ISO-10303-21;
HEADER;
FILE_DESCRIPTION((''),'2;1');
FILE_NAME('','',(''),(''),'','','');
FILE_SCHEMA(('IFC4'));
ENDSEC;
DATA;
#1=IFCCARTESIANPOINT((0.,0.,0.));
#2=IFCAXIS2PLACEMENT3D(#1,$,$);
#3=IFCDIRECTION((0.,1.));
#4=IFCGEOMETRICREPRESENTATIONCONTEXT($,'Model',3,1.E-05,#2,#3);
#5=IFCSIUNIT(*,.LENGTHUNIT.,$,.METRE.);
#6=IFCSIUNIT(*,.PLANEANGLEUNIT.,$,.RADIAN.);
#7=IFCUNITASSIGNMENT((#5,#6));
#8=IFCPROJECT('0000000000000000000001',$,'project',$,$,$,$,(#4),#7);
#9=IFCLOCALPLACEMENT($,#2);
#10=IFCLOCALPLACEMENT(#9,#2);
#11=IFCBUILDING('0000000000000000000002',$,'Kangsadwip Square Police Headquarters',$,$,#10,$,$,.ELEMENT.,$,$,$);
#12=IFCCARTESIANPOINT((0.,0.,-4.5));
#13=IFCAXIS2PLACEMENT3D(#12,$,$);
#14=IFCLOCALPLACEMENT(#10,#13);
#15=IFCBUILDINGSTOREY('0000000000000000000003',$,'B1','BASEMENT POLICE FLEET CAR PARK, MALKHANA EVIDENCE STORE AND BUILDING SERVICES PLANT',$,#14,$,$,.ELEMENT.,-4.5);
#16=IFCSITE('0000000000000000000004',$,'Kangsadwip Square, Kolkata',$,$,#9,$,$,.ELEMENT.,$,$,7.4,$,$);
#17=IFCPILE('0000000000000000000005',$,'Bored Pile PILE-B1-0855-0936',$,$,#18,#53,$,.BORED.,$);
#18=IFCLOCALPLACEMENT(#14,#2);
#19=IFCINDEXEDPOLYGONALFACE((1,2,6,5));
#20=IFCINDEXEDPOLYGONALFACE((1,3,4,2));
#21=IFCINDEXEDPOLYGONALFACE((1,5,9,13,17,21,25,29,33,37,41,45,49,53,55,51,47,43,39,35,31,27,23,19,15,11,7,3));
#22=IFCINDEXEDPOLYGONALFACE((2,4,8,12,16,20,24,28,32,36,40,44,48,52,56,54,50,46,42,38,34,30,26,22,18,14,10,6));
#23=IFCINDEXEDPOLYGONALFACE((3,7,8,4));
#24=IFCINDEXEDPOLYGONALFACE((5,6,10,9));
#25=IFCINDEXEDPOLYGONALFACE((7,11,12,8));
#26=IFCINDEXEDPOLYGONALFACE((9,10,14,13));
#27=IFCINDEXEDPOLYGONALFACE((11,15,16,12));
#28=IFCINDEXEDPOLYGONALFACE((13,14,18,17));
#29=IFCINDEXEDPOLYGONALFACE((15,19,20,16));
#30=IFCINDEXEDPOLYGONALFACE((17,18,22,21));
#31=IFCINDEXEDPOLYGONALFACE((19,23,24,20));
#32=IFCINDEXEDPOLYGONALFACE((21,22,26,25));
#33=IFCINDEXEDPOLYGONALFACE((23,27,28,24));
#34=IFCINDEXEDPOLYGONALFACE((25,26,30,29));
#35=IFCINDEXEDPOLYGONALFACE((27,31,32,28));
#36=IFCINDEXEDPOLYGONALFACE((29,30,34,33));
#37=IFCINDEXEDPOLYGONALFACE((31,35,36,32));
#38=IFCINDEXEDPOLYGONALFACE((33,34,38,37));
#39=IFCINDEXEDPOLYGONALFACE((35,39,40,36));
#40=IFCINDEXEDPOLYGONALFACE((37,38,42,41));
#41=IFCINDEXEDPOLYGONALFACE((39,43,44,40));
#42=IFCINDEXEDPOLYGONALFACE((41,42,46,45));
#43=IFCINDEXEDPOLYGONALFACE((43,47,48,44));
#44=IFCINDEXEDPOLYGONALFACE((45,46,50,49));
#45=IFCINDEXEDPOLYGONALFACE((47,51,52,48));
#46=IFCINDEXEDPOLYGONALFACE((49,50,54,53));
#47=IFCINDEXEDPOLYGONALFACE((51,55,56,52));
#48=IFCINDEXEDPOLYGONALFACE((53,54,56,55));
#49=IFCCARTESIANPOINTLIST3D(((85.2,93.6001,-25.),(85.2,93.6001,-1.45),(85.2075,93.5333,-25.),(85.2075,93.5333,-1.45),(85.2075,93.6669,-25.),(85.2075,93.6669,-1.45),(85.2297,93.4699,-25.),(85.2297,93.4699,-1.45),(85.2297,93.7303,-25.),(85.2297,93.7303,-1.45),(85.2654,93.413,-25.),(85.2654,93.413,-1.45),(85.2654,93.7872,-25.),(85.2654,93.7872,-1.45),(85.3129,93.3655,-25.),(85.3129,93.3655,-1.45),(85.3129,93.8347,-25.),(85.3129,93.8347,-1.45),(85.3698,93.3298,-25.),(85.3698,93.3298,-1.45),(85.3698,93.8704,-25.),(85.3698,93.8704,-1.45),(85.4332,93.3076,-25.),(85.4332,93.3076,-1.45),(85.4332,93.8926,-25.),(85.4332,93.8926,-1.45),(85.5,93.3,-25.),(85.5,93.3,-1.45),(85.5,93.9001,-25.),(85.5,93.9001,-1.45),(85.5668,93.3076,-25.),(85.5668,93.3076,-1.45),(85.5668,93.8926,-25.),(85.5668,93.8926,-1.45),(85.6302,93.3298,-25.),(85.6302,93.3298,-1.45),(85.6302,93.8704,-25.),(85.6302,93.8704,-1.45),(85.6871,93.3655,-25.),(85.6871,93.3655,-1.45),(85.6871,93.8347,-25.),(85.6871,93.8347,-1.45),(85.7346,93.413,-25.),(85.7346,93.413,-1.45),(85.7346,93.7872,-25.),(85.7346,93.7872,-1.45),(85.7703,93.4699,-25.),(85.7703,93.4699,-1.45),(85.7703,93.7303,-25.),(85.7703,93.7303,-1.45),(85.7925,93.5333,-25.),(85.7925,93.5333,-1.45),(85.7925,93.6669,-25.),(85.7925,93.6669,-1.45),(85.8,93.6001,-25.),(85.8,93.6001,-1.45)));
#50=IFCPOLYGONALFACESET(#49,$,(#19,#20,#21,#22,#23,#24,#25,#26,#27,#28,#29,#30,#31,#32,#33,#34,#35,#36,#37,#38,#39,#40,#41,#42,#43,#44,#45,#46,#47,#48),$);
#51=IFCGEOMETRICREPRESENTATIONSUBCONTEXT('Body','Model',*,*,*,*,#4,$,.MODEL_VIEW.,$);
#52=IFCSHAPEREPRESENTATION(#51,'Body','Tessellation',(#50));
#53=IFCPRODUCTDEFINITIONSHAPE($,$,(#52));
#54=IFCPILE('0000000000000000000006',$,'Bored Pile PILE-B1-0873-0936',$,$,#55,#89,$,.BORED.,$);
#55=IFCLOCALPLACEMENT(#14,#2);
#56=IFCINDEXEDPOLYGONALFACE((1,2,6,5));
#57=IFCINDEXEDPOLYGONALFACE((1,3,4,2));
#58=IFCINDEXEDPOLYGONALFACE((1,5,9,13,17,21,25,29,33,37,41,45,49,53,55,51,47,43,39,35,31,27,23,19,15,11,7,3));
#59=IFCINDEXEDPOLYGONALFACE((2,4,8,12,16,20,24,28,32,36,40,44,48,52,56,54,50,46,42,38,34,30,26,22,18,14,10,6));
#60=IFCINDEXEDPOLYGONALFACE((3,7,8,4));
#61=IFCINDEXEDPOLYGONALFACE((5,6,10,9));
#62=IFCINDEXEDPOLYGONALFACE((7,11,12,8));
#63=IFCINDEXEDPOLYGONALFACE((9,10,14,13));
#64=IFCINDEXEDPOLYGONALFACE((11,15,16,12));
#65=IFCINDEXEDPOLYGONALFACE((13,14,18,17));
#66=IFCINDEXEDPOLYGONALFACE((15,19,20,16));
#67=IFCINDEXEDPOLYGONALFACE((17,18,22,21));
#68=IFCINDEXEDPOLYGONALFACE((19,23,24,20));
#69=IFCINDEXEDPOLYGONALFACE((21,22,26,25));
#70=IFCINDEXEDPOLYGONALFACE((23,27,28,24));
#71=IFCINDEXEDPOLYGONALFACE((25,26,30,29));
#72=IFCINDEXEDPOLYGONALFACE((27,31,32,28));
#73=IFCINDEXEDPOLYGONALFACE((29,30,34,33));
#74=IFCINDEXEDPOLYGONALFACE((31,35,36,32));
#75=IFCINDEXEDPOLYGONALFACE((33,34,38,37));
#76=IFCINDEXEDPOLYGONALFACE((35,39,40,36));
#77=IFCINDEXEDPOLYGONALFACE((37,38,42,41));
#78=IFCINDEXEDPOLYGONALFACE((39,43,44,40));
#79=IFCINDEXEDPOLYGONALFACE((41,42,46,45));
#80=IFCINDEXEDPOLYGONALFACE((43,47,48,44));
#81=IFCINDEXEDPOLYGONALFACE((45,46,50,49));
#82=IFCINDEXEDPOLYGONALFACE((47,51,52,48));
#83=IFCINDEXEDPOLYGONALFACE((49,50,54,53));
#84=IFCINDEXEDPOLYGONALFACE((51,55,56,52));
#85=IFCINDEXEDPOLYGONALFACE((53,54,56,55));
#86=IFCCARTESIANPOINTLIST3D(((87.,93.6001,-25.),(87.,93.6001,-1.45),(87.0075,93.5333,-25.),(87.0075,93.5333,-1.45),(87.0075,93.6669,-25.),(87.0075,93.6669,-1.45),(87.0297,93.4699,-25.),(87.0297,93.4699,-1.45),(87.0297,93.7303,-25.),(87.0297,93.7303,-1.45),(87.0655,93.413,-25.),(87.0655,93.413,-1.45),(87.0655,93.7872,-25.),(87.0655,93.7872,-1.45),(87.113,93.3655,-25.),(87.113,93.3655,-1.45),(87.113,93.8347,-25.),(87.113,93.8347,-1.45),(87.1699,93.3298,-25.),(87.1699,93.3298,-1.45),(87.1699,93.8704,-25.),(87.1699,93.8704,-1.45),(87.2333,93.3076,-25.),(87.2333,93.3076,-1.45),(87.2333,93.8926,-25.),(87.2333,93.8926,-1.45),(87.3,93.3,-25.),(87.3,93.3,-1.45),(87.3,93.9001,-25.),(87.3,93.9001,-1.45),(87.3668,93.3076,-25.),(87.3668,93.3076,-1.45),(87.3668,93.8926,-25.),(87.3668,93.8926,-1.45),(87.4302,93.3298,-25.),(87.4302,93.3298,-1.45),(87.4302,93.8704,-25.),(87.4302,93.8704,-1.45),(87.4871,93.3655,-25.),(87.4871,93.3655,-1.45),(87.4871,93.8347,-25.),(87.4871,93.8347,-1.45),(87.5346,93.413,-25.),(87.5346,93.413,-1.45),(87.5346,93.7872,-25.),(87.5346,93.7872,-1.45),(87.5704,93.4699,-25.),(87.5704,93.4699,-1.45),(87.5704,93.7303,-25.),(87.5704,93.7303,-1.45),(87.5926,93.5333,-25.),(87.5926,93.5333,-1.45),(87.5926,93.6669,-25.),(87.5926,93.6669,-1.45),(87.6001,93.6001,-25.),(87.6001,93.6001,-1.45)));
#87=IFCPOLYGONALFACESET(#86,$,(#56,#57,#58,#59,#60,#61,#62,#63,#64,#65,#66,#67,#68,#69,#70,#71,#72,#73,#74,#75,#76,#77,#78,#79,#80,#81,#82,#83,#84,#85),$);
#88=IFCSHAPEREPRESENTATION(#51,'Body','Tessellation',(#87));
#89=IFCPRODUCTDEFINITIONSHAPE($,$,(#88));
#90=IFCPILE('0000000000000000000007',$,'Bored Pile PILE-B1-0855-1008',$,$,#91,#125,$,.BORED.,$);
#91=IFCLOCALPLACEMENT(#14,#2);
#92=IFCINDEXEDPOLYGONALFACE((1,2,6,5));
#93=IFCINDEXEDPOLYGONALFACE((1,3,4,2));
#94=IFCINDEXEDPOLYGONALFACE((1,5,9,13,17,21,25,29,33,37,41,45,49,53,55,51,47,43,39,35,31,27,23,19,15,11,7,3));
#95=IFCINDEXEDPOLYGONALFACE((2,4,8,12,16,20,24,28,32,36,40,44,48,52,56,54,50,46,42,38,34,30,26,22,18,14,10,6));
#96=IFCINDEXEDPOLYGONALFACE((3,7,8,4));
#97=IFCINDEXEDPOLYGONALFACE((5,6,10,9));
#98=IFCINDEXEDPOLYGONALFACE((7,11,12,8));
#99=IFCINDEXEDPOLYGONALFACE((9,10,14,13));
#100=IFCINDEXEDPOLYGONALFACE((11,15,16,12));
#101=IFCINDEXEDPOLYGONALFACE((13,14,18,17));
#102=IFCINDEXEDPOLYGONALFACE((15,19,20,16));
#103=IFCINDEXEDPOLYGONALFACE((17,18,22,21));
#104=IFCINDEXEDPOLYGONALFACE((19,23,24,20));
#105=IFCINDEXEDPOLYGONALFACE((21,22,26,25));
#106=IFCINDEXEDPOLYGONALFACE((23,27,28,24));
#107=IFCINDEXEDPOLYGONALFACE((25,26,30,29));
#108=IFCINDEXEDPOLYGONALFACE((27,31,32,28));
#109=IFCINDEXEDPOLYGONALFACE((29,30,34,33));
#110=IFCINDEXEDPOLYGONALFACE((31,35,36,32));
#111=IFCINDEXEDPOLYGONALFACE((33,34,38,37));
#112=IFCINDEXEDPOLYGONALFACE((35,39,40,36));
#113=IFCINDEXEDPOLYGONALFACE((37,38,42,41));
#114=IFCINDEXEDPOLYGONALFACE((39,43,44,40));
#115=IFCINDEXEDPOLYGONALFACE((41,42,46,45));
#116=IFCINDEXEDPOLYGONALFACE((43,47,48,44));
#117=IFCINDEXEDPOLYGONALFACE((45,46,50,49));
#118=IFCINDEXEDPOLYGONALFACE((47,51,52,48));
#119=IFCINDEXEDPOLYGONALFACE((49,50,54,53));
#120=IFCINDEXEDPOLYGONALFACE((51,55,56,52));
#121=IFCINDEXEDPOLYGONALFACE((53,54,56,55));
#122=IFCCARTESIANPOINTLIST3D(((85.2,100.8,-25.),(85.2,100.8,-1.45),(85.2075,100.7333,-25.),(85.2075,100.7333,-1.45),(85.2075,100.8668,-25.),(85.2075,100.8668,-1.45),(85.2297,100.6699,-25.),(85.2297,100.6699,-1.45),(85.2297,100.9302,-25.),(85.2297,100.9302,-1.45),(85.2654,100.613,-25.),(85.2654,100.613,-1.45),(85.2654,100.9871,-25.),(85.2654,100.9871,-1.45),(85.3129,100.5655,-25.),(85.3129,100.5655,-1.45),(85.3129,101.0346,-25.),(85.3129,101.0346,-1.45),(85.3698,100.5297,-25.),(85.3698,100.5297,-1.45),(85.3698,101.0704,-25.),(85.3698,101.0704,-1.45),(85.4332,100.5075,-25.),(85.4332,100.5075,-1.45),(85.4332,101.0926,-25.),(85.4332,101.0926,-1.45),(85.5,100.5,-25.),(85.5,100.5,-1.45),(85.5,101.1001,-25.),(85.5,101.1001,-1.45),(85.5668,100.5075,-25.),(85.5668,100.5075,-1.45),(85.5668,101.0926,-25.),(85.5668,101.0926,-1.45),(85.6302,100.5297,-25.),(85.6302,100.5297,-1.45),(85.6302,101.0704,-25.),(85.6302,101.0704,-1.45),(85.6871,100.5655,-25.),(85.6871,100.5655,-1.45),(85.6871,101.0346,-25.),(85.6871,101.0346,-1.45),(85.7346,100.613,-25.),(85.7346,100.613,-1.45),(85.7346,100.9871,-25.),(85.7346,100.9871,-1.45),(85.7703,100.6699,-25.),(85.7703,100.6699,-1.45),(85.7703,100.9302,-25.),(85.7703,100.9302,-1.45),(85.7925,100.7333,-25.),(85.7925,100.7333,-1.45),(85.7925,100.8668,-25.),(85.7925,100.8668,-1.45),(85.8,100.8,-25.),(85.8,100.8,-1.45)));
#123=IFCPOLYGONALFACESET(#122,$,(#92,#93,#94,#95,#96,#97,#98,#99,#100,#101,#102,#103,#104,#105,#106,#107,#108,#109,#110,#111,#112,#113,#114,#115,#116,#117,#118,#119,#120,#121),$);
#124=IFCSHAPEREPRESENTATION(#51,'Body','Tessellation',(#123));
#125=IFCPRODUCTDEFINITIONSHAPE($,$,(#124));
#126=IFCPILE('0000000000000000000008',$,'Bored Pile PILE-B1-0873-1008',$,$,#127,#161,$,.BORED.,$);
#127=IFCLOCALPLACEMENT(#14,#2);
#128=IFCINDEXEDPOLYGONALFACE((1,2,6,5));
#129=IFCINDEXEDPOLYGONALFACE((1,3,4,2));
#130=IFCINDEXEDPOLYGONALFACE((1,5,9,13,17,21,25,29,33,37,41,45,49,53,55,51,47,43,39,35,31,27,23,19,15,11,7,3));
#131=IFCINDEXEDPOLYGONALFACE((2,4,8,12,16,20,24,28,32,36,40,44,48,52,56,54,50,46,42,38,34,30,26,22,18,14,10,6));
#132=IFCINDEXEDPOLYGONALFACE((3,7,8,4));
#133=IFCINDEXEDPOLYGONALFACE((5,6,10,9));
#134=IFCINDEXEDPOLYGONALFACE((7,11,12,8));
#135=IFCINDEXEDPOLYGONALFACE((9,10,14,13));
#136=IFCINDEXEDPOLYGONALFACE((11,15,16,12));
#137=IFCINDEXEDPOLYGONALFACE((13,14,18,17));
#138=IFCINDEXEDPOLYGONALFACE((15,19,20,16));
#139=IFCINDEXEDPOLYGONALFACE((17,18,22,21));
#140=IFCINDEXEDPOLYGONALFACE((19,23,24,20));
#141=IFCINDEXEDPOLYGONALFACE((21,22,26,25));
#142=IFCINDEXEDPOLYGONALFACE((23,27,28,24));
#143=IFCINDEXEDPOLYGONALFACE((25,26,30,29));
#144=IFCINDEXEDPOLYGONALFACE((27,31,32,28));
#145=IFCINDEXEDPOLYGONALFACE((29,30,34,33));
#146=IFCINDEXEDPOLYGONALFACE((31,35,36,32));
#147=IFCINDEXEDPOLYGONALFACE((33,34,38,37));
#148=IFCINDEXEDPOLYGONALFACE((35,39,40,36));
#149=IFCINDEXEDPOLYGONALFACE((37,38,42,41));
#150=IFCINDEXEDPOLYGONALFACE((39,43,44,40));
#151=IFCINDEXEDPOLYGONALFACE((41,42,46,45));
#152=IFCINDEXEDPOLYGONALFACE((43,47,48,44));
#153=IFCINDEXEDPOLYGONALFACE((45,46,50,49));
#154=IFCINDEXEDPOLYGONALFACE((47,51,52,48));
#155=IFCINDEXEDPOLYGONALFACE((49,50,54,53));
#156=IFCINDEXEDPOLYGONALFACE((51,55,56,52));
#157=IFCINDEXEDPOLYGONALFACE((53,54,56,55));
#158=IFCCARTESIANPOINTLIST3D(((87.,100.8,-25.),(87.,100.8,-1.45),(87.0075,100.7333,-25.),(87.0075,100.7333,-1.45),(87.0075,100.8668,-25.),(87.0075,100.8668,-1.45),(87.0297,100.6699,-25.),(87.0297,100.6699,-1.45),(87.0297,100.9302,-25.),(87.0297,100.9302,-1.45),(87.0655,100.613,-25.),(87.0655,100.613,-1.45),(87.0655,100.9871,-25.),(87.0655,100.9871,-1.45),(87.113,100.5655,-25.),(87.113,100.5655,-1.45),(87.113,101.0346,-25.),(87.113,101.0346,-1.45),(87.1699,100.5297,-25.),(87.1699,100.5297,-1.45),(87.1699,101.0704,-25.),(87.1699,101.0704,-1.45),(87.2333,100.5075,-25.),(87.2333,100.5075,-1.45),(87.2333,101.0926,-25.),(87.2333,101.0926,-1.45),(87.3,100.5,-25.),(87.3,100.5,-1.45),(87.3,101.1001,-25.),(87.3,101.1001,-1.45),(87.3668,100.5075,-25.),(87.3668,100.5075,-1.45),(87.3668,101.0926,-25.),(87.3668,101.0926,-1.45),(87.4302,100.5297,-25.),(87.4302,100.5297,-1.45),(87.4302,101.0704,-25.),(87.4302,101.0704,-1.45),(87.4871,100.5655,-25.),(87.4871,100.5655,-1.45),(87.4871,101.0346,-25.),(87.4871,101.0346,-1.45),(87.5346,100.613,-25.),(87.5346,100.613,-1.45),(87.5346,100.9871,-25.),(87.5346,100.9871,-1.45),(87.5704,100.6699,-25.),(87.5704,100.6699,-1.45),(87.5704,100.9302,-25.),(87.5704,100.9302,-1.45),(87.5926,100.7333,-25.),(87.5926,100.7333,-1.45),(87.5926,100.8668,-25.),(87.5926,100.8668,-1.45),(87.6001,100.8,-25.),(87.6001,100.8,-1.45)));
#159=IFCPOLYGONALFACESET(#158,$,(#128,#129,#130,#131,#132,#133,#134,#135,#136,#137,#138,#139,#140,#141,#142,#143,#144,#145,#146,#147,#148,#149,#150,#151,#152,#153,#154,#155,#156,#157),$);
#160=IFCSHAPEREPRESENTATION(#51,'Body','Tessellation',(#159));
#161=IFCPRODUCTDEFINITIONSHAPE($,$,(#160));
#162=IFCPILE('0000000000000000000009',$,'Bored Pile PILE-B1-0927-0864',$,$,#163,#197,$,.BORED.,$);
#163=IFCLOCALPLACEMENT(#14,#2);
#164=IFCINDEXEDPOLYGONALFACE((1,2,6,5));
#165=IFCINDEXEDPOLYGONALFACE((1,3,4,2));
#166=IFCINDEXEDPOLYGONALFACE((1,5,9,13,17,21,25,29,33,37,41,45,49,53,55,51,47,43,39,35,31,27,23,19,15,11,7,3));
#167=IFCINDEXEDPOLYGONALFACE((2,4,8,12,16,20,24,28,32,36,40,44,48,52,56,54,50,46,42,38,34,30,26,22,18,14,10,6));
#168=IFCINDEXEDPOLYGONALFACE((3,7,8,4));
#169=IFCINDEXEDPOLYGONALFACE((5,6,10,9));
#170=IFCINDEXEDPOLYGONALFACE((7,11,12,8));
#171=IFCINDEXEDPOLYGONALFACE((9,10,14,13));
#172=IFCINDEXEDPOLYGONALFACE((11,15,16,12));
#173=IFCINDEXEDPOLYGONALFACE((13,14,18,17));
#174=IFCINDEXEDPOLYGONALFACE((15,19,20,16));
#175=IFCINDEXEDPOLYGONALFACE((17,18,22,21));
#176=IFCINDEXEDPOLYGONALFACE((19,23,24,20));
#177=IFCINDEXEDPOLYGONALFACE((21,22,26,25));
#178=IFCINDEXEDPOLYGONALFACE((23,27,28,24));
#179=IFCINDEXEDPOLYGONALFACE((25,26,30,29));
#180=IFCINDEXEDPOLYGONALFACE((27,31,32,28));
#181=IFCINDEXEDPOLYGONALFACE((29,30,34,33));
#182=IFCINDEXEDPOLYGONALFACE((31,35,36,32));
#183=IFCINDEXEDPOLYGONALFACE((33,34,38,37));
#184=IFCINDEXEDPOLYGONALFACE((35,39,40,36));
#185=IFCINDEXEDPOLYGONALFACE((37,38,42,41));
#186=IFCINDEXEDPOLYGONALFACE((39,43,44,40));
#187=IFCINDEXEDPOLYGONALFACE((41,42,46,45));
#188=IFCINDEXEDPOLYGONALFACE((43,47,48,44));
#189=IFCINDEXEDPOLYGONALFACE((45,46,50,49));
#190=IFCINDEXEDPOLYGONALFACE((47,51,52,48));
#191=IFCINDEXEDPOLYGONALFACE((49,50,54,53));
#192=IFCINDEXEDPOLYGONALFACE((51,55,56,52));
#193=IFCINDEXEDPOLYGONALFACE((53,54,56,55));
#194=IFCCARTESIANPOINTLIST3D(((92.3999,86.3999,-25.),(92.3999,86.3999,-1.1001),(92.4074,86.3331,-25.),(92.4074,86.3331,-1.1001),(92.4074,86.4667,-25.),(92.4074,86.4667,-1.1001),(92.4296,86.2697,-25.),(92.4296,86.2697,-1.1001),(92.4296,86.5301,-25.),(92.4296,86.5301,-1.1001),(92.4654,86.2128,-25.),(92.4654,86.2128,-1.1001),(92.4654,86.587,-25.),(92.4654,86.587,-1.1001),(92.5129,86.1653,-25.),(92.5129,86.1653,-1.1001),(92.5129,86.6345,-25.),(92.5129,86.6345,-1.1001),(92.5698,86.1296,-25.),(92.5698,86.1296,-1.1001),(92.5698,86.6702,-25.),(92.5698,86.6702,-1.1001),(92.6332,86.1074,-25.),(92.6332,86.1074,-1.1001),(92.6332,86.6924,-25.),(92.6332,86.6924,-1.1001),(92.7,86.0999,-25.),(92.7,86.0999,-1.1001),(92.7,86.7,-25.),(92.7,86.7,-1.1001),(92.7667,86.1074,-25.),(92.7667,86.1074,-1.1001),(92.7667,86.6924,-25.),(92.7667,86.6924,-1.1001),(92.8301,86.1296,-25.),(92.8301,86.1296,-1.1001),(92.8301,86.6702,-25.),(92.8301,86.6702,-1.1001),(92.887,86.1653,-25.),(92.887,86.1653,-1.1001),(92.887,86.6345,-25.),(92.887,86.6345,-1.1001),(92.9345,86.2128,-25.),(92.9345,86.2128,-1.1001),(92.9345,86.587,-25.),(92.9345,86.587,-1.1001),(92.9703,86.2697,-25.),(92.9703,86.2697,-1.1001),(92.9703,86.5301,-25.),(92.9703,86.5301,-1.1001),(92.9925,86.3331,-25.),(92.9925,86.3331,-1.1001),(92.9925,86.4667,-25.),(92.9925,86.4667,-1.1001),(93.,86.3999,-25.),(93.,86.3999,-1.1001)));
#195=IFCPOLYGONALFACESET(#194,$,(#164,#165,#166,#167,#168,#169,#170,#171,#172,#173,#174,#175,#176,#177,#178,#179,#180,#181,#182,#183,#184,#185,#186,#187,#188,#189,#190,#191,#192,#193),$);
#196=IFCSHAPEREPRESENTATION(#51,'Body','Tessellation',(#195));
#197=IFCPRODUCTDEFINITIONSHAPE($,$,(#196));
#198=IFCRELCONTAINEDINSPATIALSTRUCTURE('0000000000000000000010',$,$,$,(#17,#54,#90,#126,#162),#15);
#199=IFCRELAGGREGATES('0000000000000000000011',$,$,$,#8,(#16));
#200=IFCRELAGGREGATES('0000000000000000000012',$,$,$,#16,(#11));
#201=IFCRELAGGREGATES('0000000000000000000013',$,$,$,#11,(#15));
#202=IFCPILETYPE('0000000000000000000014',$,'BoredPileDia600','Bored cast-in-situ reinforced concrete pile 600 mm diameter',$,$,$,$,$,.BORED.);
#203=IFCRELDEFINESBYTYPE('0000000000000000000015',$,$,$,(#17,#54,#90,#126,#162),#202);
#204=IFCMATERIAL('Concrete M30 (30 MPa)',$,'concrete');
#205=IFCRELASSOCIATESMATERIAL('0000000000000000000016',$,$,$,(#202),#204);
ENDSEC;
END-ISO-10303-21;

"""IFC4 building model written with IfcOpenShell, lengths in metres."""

from ifc_helpers import new_model, si_unit, direction, frame, origin, origin_2d, place, context, subcontext, project, spatial, circle, extrude, material, material_profile, profile_set, type_object, element, save


model = new_model("IFC4")

# Units and contexts
model_context = context("Model", 3, precision=1e-05, world=origin(), true_north=direction((0.0, 1.0)))
body_context = subcontext(model_context, "Body", "Model", "MODEL_VIEW")
ifc_project = project(units=[si_unit("LENGTHUNIT", "METRE"), si_unit("PLANEANGLEUNIT", "RADIAN")], contexts=[model_context])

# Site, building, storey
site_placement = place(None, origin())
site = spatial("IfcSite", under=ifc_project, at=site_placement, Name="Kangsadwip Square, Kolkata", CompositionType="ELEMENT", RefElevation=7.4)
building_placement = place(site_placement, origin())
building = spatial("IfcBuilding", under=site, at=building_placement, Name="Kangsadwip Square Police Headquarters", CompositionType="ELEMENT")
storey_placement = place(building_placement, frame((0.0, 0.0, -4.5)))
storey = spatial("IfcBuildingStorey", under=building, at=storey_placement, Name="B1", Description="BASEMENT POLICE FLEET CAR PARK, MALKHANA EVIDENCE STORE AND BUILDING SERVICES PLANT", CompositionType="ELEMENT", Elevation=-4.5)

# Piles
ifc_material_1 = material(Name="Concrete M30 (30 MPa)", Category="concrete")
ifc_material_profile_1 = material_profile(ifc_material_1, circle(Radius=0.3, at=origin_2d()), Name="PILE DIA 600")
ifc_profile_set_1 = profile_set([ifc_material_profile_1], Name="Concrete M30 (30 MPa)")
pile_type_1 = type_object("IfcPileType", Name="BoredPileDia600", Description="Bored cast-in-situ reinforced concrete pile 600 mm diameter", PredefinedType="BORED", material=ifc_profile_set_1)
for number, where, z_axis, x_axis, name in (
    (1, (85.5, 93.6001, -1.45), (0.0, 0.0, -1.0), (1.0, 0.0, 0.0), "Bored Pile PILE-B1-0855-0936"),
    (2, (87.3, 93.6001, -1.45), (0.0, 0.0, -1.0), (1.0, 0.0, 0.0), "Bored Pile PILE-B1-0873-0936"),
    (3, (85.5, 100.8, -1.45), (0.0, 0.0, -1.0), (1.0, 0.0, 0.0), "Bored Pile PILE-B1-0855-1008"),
    (4, (87.3, 100.8, -1.45), (0.0, 0.0, -1.0), (1.0, 0.0, 0.0), "Bored Pile PILE-B1-0873-1008"),
):
    element("IfcPile", number, at=place(storey_placement, frame(where, z_axis=z_axis, x_axis=x_axis)), inside=storey, type_object=pile_type_1, Name=name, PredefinedType="BORED", context=body_context, shape_type="SweptSolid", body=[
        extrude(circle(Radius=0.3, at=origin_2d()), origin(), (0.0, 0.0, 1.0), 23.55),
    ])
pile_1_placement = place(storey_placement, frame((92.7, 86.3999, -1.1001), z_axis=(0.0, 0.0, -1.0), x_axis=(1.0, 0.0, 0.0)))
element("IfcPile", 5, at=pile_1_placement, inside=storey, type_object=pile_type_1, Name="Bored Pile PILE-B1-0927-0864", PredefinedType="BORED", context=body_context, shape_type="SweptSolid", body=[
    extrude(circle(Radius=0.3, at=origin_2d()), origin(), (0.0, 0.0, 1.0), 23.8999),
])

save(model, "model.ifc")
